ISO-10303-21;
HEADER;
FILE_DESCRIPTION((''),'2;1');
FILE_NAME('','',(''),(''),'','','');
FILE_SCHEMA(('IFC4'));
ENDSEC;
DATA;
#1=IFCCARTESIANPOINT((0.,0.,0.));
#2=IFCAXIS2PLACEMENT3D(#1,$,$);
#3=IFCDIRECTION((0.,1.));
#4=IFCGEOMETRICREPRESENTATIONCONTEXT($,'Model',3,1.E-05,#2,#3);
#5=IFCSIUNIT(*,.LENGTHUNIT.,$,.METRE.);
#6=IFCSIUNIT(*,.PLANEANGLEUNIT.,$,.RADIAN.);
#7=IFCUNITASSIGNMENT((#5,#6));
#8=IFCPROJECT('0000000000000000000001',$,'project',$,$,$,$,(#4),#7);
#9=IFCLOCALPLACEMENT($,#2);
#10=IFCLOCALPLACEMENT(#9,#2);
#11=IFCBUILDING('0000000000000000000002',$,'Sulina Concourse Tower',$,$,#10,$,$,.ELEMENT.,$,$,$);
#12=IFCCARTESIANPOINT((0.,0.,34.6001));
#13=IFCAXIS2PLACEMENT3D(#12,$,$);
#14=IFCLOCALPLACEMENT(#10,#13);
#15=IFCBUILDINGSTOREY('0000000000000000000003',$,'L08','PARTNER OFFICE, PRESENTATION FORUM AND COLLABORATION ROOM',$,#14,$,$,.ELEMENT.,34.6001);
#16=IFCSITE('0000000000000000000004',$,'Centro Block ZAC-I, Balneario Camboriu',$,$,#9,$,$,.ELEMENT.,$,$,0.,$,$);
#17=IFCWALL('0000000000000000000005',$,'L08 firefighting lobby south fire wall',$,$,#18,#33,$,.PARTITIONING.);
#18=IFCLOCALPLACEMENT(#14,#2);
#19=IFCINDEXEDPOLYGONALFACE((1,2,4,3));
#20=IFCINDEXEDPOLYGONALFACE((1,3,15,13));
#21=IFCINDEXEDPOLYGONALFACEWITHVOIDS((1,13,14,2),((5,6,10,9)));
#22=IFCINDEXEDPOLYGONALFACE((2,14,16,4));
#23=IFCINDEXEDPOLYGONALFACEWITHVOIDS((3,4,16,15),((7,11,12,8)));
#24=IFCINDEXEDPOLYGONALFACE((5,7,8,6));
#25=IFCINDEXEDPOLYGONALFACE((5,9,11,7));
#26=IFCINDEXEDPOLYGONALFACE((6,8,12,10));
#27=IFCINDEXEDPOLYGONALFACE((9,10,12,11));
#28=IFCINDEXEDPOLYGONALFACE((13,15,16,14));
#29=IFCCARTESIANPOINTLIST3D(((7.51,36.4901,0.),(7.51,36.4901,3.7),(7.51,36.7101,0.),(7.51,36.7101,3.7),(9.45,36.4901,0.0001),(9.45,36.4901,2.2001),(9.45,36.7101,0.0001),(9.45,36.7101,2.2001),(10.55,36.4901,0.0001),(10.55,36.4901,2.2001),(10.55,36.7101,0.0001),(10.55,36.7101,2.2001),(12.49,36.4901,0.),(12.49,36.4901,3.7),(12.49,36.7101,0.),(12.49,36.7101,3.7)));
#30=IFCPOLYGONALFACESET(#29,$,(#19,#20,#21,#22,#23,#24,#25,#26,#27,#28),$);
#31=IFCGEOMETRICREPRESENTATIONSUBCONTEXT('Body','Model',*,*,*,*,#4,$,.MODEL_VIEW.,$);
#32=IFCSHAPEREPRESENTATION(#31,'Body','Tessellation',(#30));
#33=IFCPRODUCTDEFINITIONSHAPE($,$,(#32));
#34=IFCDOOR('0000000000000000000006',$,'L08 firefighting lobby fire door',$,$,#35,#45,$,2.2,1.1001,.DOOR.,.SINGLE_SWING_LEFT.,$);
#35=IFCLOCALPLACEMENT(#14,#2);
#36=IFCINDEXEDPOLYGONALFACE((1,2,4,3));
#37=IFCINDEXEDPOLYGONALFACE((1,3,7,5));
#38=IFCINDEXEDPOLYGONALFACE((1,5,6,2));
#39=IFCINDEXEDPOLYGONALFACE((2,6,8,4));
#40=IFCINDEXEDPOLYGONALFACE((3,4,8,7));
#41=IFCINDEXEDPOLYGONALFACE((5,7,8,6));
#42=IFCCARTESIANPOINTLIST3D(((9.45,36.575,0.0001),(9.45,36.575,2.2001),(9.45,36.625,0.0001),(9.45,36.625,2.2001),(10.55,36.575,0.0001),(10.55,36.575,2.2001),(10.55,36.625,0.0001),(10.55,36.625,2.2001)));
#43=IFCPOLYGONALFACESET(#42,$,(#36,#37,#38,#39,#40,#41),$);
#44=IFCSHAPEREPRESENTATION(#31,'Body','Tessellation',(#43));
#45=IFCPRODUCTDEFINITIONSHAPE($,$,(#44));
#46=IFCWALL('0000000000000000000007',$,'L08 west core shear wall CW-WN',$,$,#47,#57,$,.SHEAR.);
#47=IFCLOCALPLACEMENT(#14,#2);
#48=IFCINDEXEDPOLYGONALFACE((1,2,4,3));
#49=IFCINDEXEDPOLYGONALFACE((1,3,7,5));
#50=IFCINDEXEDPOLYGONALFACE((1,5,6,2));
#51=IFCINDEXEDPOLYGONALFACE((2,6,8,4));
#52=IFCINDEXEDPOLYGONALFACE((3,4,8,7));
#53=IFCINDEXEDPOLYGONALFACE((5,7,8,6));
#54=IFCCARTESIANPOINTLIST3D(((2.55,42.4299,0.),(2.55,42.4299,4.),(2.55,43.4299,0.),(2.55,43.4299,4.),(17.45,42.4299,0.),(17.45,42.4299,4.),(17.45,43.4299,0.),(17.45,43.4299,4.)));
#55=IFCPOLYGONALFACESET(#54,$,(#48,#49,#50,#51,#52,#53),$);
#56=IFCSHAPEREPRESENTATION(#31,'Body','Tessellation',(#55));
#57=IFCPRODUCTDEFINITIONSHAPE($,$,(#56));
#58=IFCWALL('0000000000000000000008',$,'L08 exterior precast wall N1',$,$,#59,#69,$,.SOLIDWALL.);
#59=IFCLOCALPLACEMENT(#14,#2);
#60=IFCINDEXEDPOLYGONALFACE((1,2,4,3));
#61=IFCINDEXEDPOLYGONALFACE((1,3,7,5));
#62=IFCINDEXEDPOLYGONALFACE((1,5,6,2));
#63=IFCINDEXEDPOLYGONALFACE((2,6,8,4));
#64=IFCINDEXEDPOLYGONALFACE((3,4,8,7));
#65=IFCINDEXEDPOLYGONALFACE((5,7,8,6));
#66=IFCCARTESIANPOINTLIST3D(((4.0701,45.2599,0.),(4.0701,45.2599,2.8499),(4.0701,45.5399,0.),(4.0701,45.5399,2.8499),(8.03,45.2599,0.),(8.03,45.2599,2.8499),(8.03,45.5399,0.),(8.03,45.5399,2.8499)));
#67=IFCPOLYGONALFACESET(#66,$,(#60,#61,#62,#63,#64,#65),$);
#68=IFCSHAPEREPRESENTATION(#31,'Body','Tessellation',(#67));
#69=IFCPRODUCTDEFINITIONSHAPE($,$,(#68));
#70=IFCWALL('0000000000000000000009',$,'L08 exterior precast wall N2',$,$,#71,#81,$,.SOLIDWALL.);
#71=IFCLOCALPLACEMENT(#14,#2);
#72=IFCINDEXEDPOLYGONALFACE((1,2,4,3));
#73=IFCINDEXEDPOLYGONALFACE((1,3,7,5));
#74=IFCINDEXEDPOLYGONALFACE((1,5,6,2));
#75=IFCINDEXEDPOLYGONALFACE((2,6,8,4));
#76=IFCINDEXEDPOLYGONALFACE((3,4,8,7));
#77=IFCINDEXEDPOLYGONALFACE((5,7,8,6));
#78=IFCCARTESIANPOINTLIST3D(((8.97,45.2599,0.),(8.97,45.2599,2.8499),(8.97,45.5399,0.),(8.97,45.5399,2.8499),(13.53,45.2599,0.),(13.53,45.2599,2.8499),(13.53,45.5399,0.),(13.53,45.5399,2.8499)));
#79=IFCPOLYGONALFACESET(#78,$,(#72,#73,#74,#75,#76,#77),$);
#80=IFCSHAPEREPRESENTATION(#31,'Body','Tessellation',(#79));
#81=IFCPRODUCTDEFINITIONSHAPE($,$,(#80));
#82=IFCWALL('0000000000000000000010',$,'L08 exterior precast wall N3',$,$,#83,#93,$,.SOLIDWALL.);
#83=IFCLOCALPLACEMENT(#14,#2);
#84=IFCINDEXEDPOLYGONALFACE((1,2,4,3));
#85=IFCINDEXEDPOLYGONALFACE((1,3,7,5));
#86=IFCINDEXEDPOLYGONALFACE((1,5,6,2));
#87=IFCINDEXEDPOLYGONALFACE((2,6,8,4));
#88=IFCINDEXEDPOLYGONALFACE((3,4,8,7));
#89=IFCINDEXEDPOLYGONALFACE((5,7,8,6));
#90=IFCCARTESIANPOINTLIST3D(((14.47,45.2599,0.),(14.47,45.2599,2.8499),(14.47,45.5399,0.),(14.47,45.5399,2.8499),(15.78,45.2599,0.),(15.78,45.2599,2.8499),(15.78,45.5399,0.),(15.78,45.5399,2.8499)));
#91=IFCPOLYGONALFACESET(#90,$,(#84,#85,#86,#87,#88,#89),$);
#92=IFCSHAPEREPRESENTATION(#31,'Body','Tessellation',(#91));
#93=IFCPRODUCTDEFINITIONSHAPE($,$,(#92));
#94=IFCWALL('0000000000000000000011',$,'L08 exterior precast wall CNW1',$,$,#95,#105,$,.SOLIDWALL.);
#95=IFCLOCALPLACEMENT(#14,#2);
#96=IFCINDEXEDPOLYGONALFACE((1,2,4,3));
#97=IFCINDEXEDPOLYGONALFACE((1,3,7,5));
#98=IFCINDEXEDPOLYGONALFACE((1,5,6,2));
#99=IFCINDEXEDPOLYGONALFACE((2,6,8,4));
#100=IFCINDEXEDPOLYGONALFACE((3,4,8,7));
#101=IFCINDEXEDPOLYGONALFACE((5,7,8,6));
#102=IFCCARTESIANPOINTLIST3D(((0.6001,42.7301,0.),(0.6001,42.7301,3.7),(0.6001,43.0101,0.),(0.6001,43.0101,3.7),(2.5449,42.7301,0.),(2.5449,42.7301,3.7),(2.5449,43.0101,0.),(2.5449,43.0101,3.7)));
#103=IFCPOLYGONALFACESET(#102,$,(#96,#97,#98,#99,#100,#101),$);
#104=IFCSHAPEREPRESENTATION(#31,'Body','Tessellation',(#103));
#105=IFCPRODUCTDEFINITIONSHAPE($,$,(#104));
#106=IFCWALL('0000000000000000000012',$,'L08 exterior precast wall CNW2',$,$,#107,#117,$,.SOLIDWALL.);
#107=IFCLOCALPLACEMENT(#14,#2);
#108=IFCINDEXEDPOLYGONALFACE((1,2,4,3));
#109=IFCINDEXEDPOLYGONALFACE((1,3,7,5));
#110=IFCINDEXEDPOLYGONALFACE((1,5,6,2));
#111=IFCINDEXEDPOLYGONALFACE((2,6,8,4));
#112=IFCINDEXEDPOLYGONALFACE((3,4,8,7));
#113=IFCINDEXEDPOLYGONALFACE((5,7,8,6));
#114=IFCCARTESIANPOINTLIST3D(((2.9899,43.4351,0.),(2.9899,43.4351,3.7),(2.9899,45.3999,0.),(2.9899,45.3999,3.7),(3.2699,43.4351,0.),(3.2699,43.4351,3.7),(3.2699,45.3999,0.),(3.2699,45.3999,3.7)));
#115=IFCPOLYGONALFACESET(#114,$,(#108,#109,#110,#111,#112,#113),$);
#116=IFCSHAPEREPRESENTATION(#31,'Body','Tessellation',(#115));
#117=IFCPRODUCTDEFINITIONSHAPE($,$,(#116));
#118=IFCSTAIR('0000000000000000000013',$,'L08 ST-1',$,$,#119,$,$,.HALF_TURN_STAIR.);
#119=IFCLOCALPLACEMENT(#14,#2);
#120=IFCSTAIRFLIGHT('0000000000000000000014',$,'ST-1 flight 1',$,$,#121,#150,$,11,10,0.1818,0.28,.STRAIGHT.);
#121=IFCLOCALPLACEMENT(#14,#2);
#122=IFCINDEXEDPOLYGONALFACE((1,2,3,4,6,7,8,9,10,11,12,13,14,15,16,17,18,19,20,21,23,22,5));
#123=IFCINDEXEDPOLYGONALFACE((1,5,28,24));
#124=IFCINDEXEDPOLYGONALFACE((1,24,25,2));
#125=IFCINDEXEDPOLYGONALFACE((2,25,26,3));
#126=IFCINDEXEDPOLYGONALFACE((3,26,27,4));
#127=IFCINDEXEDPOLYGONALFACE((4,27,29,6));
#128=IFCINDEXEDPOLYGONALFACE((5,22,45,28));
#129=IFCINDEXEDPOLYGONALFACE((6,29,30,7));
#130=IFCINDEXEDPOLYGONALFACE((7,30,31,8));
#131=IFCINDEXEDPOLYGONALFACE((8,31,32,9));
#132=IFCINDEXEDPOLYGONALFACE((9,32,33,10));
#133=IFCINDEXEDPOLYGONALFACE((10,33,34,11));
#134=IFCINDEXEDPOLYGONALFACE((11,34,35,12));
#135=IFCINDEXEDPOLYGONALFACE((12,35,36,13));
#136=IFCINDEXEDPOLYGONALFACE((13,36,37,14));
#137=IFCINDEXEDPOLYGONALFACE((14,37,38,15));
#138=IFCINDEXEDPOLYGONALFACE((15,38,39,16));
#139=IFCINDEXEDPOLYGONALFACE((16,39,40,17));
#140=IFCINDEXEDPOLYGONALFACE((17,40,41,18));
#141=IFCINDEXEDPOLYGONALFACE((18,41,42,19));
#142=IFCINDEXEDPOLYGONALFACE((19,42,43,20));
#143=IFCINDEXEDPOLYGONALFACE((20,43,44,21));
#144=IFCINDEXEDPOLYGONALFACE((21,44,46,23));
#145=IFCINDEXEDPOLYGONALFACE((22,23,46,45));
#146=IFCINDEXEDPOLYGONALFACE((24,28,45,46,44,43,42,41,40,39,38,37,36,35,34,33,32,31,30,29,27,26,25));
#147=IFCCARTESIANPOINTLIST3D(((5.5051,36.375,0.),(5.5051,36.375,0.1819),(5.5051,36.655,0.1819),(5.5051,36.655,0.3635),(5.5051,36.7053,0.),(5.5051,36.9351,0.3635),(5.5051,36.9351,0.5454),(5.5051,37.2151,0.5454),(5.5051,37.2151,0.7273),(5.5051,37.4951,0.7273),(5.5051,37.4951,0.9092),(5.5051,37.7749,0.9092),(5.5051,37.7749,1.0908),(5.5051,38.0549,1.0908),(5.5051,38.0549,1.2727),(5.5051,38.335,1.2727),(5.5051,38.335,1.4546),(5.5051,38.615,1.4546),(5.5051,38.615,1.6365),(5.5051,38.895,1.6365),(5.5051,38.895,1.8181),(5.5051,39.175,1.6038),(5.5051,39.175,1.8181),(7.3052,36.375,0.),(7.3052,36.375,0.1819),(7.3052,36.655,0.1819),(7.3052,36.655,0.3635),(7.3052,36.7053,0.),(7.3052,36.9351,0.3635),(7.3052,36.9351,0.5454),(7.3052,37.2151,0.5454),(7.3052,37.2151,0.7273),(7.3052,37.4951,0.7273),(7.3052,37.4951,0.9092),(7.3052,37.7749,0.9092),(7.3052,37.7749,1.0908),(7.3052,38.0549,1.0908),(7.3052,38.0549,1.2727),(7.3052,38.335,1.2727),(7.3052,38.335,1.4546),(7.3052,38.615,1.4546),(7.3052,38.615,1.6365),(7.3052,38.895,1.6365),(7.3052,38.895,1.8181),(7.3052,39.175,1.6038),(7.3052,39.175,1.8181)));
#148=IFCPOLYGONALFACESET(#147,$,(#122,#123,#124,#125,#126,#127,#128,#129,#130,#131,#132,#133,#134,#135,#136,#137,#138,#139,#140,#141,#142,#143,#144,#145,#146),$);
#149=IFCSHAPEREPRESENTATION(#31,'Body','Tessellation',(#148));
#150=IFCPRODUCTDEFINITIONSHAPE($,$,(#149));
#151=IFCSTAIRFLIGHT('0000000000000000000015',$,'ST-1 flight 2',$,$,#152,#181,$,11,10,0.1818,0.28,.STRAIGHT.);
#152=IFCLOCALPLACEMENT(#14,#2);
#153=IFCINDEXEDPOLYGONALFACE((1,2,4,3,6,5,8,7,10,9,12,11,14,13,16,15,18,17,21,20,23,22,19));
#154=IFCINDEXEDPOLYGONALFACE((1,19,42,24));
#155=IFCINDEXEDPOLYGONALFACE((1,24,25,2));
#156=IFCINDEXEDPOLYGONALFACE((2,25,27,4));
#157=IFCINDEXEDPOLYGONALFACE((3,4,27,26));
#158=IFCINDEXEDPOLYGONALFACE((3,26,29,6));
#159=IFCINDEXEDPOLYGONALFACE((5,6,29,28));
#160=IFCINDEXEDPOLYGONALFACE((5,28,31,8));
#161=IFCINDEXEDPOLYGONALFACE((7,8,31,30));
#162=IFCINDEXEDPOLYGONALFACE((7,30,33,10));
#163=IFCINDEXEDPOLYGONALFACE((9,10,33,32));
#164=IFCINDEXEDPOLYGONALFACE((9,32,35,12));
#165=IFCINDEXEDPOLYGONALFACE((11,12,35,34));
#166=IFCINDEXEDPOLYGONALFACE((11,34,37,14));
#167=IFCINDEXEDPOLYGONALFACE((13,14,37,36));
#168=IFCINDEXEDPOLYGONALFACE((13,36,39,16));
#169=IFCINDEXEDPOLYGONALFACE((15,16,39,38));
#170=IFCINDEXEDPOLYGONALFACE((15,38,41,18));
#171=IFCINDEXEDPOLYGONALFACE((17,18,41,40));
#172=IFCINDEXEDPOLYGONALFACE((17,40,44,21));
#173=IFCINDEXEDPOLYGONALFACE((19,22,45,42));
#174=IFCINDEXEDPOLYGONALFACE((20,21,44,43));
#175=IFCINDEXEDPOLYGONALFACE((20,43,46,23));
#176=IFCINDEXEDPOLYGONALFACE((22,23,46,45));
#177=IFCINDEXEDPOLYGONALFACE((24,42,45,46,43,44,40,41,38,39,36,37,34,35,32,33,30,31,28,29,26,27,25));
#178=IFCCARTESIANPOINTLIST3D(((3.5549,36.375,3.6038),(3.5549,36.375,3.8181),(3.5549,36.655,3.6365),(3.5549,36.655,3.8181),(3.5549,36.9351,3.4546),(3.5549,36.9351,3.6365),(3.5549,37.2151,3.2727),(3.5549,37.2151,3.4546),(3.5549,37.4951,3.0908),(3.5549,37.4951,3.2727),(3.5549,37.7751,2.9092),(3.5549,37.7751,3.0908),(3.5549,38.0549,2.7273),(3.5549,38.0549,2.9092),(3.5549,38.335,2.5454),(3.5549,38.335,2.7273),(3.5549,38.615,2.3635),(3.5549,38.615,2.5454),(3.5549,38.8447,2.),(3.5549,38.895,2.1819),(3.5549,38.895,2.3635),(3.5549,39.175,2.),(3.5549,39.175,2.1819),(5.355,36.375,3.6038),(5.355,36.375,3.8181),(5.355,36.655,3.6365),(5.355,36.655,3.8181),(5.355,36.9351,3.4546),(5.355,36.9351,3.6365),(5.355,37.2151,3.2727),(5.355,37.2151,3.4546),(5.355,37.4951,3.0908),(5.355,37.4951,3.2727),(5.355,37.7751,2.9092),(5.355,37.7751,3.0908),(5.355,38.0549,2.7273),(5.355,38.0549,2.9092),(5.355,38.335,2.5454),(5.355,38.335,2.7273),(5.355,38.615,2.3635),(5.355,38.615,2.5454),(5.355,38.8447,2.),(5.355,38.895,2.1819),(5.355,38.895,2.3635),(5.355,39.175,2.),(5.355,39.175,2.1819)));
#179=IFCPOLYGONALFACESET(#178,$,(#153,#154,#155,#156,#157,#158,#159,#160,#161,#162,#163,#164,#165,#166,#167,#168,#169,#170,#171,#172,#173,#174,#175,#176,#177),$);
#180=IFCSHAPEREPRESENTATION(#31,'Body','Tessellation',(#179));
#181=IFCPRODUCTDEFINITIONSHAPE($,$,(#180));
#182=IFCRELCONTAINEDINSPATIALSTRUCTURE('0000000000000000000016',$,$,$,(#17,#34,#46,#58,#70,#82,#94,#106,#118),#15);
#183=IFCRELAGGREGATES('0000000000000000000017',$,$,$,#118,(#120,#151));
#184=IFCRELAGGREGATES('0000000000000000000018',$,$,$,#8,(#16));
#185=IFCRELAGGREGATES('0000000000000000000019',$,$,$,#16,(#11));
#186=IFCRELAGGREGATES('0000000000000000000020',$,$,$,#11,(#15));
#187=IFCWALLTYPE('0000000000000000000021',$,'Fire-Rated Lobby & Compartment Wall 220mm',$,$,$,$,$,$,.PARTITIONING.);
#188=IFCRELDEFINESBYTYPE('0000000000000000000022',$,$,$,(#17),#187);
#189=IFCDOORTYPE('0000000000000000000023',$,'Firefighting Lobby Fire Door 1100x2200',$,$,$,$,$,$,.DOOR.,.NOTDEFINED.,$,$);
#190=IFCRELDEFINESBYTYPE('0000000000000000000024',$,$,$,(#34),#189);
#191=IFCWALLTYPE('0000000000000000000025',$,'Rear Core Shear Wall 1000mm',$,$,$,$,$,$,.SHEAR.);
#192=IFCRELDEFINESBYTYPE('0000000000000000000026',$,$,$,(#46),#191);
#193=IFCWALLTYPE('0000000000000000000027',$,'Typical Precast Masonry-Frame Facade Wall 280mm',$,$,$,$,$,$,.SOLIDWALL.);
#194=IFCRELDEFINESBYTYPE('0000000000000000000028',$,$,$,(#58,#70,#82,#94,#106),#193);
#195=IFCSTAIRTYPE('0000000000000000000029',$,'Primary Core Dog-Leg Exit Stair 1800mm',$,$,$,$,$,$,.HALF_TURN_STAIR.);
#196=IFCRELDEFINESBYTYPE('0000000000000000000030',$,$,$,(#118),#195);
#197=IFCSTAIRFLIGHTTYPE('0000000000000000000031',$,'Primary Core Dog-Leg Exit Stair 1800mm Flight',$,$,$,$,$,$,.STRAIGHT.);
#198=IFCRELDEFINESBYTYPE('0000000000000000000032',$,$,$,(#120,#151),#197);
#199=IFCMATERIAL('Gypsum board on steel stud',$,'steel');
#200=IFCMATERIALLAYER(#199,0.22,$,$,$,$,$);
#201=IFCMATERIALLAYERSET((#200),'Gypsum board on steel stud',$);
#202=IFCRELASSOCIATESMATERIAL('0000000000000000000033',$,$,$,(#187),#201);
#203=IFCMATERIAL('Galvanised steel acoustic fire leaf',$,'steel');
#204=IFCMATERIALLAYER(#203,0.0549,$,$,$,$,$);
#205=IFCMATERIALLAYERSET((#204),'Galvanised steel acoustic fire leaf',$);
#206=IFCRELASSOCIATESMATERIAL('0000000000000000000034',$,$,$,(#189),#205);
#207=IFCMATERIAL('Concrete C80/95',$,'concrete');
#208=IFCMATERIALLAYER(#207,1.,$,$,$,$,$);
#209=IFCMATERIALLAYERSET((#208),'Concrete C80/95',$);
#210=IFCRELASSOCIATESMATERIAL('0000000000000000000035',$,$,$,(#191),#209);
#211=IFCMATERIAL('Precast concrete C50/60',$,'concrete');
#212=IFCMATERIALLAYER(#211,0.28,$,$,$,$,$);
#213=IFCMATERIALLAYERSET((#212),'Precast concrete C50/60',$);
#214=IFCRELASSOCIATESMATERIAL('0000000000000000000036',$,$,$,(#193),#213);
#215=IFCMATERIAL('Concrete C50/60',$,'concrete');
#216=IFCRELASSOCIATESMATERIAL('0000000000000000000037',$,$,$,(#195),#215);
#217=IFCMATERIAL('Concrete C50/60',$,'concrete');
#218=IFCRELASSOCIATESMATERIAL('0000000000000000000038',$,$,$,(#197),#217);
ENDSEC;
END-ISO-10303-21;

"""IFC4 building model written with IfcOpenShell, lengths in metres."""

from ifc_helpers import new_model, si_unit, direction, frame, frame_2d, origin, place, context, subcontext, project, spatial, polyline, rectangle, outline, extrude, material, layer, layer_set, type_object, element, fill, aggregate, save


model = new_model("IFC4")

# Units and contexts
model_context = context("Model", 3, precision=1e-05, world=origin(), true_north=direction((0.0, 1.0)))
body_context = subcontext(model_context, "Body", "Model", "MODEL_VIEW")
ifc_project = project(units=[si_unit("LENGTHUNIT", "METRE"), si_unit("PLANEANGLEUNIT", "RADIAN")], contexts=[model_context])

# Site, building, storey
site_placement = place(None, origin())
site = spatial("IfcSite", under=ifc_project, at=site_placement, Name="Centro Block ZAC-I, Balneario Camboriu", CompositionType="ELEMENT", RefElevation=0.0)
building_placement = place(site_placement, origin())
building = spatial("IfcBuilding", under=site, at=building_placement, Name="Sulina Concourse Tower", CompositionType="ELEMENT")
storey_placement = place(building_placement, frame((0.0, 0.0, 34.6001)))
storey = spatial("IfcBuildingStorey", under=building, at=storey_placement, Name="L08", Description="PARTNER OFFICE, PRESENTATION FORUM AND COLLABORATION ROOM", CompositionType="ELEMENT", Elevation=34.6001)

# Wall, opening, door
ifc_material_1 = material(Name="Gypsum board on steel stud", Category="steel")
ifc_layer_1 = layer(ifc_material_1, 0.22)
ifc_layer_set_1 = layer_set([ifc_layer_1], Name="Gypsum board on steel stud")
wall_type_1 = type_object("IfcWallType", Name="Fire-Rated Lobby & Compartment Wall 220mm", PredefinedType="PARTITIONING", material=ifc_layer_set_1)
wall_1_placement = place(storey_placement, frame((7.51, 36.6001, 0.0), z_axis=(0.0, 0.0, 1.0), x_axis=(1.0, 0.0, 0.0)))
wall_1 = element("IfcWall", 1, at=wall_1_placement, inside=storey, type_object=wall_type_1, Name="L08 firefighting lobby south fire wall", PredefinedType="PARTITIONING", context=body_context, shape_type="SweptSolid", body=[
    extrude(rectangle(XDim=4.98, YDim=0.22, at=frame_2d((2.49, 0.0))), origin(), (0.0, 0.0, 1.0), 3.7),
])
opening_1_placement = place(wall_1_placement, frame((1.9399, 0.0, 0.0)))
opening_1 = element("IfcOpeningElement", 2, at=opening_1_placement, cuts=wall_1, PredefinedType="OPENING", context=body_context, shape_type="SweptSolid", body=[
    extrude(rectangle(XDim=1.1001, YDim=2.2, at=frame_2d((0.55, 1.1001))), frame((0.0, 0.1199, 0.0), z_axis=(0.0, -1.0, 0.0), x_axis=(1.0, 0.0, 0.0)), (0.0, 0.0, 1.0), 0.24),
])
ifc_material_2 = material(Name="Galvanised steel acoustic fire leaf", Category="steel")
ifc_layer_2 = layer(ifc_material_2, 0.0549)
ifc_layer_set_2 = layer_set([ifc_layer_2], Name="Galvanised steel acoustic fire leaf")
door_type_1 = type_object("IfcDoorType", Name="Firefighting Lobby Fire Door 1100x2200", OperationType="NOTDEFINED", PredefinedType="DOOR", material=ifc_layer_set_2)
door_1_placement = place(opening_1_placement, origin())
door_1 = element("IfcDoor", 3, at=door_1_placement, inside=storey, type_object=door_type_1, Name="L08 firefighting lobby fire door", OperationType="SINGLE_SWING_LEFT", OverallHeight=2.2, OverallWidth=1.1001, PredefinedType="DOOR", context=body_context, shape_type="SweptSolid", body=[
    extrude(rectangle(XDim=1.1001, YDim=2.2, at=frame_2d((0.55, 1.1001))), frame((0.0, 0.0249, 0.0), z_axis=(0.0, -1.0, 0.0), x_axis=(1.0, 0.0, 0.0)), (0.0, 0.0, 1.0), 0.05),
])
fill(opening_1, door_1)

# Walls
ifc_material_3 = material(Name="Concrete C80/95", Category="concrete")
ifc_layer_3 = layer(ifc_material_3, 1.0)
ifc_layer_set_3 = layer_set([ifc_layer_3], Name="Concrete C80/95")
wall_type_2 = type_object("IfcWallType", Name="Rear Core Shear Wall 1000mm", PredefinedType="SHEAR", material=ifc_layer_set_3)
wall_2_placement = place(storey_placement, frame((2.55, 42.9299, 0.0), z_axis=(0.0, 0.0, 1.0), x_axis=(1.0, 0.0, 0.0)))
element("IfcWall", 4, at=wall_2_placement, inside=storey, type_object=wall_type_2, Name="L08 west core shear wall CW-WN", PredefinedType="SHEAR", context=body_context, shape_type="SweptSolid", body=[
    extrude(rectangle(XDim=14.8999, YDim=1.0, at=frame_2d((7.45, 0.0))), origin(), (0.0, 0.0, 1.0), 4.0),
])
ifc_material_4 = material(Name="Precast concrete C50/60", Category="concrete")
ifc_layer_4 = layer(ifc_material_4, 0.28)
ifc_layer_set_4 = layer_set([ifc_layer_4], Name="Precast concrete C50/60")
wall_type_3 = type_object("IfcWallType", Name="Typical Precast Masonry-Frame Facade Wall 280mm", PredefinedType="SOLIDWALL", material=ifc_layer_set_4)
wall_3_placement = place(storey_placement, frame((4.0701, 45.3999, 0.0), z_axis=(0.0, 0.0, 1.0), x_axis=(1.0, 0.0, 0.0)))
element("IfcWall", 5, at=wall_3_placement, inside=storey, type_object=wall_type_3, Name="L08 exterior precast wall N1", PredefinedType="SOLIDWALL", context=body_context, shape_type="SweptSolid", body=[
    extrude(rectangle(XDim=3.96, YDim=0.28, at=frame_2d((1.98, 0.0))), origin(), (0.0, 0.0, 1.0), 2.8499),
])
wall_4_placement = place(storey_placement, frame((8.97, 45.3999, 0.0), z_axis=(0.0, 0.0, 1.0), x_axis=(1.0, 0.0, 0.0)))
element("IfcWall", 6, at=wall_4_placement, inside=storey, type_object=wall_type_3, Name="L08 exterior precast wall N2", PredefinedType="SOLIDWALL", context=body_context, shape_type="SweptSolid", body=[
    extrude(rectangle(XDim=4.5601, YDim=0.28, at=frame_2d((2.28, 0.0))), origin(), (0.0, 0.0, 1.0), 2.8499),
])
wall_5_placement = place(storey_placement, frame((14.47, 45.3999, 0.0), z_axis=(0.0, 0.0, 1.0), x_axis=(1.0, 0.0, 0.0)))
element("IfcWall", 7, at=wall_5_placement, inside=storey, type_object=wall_type_3, Name="L08 exterior precast wall N3", PredefinedType="SOLIDWALL", context=body_context, shape_type="SweptSolid", body=[
    extrude(rectangle(XDim=1.3101, YDim=0.28, at=frame_2d((0.655, 0.0))), origin(), (0.0, 0.0, 1.0), 2.8499),
])
wall_6_placement = place(storey_placement, frame((0.6001, 42.8701, 0.0), z_axis=(0.0, 0.0, 1.0), x_axis=(1.0, 0.0, 0.0)))
element("IfcWall", 8, at=wall_6_placement, inside=storey, type_object=wall_type_3, Name="L08 exterior precast wall CNW1", PredefinedType="SOLIDWALL", context=body_context, shape_type="SweptSolid", body=[
    extrude(rectangle(XDim=1.9448, YDim=0.28, at=frame_2d((0.9724, 0.0))), origin(), (0.0, 0.0, 1.0), 3.7),
])
wall_7_placement = place(storey_placement, frame((3.1299, 43.4351, 0.0), z_axis=(0.0, 0.0, 1.0), x_axis=(0.0, 1.0, 0.0)))
element("IfcWall", 9, at=wall_7_placement, inside=storey, type_object=wall_type_3, Name="L08 exterior precast wall CNW2", PredefinedType="SOLIDWALL", context=body_context, shape_type="SweptSolid", body=[
    extrude(rectangle(XDim=1.9648, YDim=0.28, at=frame_2d((0.9824, 0.0))), origin(), (0.0, 0.0, 1.0), 3.7),
])

# Stair, stair flights
ifc_material_5 = material(Name="Concrete C50/60", Category="concrete")
stair_type = type_object("IfcStairType", Name="Primary Core Dog-Leg Exit Stair 1800mm", PredefinedType="HALF_TURN_STAIR", material=ifc_material_5)
stair_1_placement = place(storey_placement, origin())
stair_1 = element("IfcStair", 10, at=stair_1_placement, inside=storey, type_object=stair_type, Name="L08 ST-1", PredefinedType="HALF_TURN_STAIR")
ifc_material_6 = material(Name="Concrete C50/60", Category="concrete")
stair_flight_type = type_object("IfcStairFlightType", Name="Primary Core Dog-Leg Exit Stair 1800mm Flight", PredefinedType="STRAIGHT", material=ifc_material_6)
stair_flight_1_placement = place(storey_placement, frame((6.405, 36.375, 0.0), z_axis=(0.0, 0.0, 1.0), x_axis=(0.0, 1.0, 0.0)))
stair_flight_1 = element("IfcStairFlight", 11, at=stair_flight_1_placement, type_object=stair_flight_type, Name="ST-1 flight 1", NumberOfRisers=11, NumberOfTreads=10, PredefinedType="STRAIGHT", RiserHeight=0.1818, TreadLength=0.28, context=body_context, shape_type="SweptSolid", body=[
    extrude(outline(polyline([(0.0, 0.0), (0.0, 0.1819), (0.28, 0.1819), (0.28, 0.3635), (0.5601, 0.3635), (0.5601, 0.5454), (0.8401, 0.5454), (0.8401, 0.7273), (1.1201, 0.7273), (1.1201, 0.9092), (1.3999, 0.9092), (1.3999, 1.0908), (1.6799, 1.0908), (1.6799, 1.2727), (1.96, 1.2727), (1.96, 1.4546), (2.24, 1.4546), (2.24, 1.6365), (2.52, 1.6365), (2.52, 1.8181), (2.8, 1.8181), (2.8, 2.0), (2.8, 1.6038), (0.3303, 0.0), (0.0, 0.0)])), frame((0.0, 0.8999, 0.0), z_axis=(0.0, -1.0, 0.0), x_axis=(1.0, 0.0, 0.0)), (0.0, 0.0, 1.0), 1.8),
])
stair_flight_2_placement = place(storey_placement, frame((4.4551, 39.175, 2.0), z_axis=(0.0, 0.0, 1.0), x_axis=(0.0, -1.0, 0.0)))
stair_flight_2 = element("IfcStairFlight", 12, at=stair_flight_2_placement, type_object=stair_flight_type, Name="ST-1 flight 2", NumberOfRisers=11, NumberOfTreads=10, PredefinedType="STRAIGHT", RiserHeight=0.1818, TreadLength=0.28, context=body_context, shape_type="SweptSolid", body=[
    extrude(outline(polyline([(0.0, 0.0), (0.0, 0.1819), (0.28, 0.1819), (0.28, 0.3635), (0.5601, 0.3635), (0.5601, 0.5454), (0.8401, 0.5454), (0.8401, 0.7273), (1.1201, 0.7273), (1.1201, 0.9092), (1.3999, 0.9092), (1.3999, 1.0908), (1.6799, 1.0908), (1.6799, 1.2727), (1.96, 1.2727), (1.96, 1.4546), (2.24, 1.4546), (2.24, 1.6365), (2.52, 1.6365), (2.52, 1.8181), (2.8, 1.8181), (2.8, 2.0), (2.8, 1.6038), (0.3303, 0.0), (0.0, 0.0)])), frame((0.0, 0.8999, 0.0), z_axis=(0.0, -1.0, 0.0), x_axis=(1.0, 0.0, 0.0)), (0.0, 0.0, 1.0), 1.8),
])
aggregate(stair_1, [stair_flight_1, stair_flight_2])

save(model, "model.ifc")
